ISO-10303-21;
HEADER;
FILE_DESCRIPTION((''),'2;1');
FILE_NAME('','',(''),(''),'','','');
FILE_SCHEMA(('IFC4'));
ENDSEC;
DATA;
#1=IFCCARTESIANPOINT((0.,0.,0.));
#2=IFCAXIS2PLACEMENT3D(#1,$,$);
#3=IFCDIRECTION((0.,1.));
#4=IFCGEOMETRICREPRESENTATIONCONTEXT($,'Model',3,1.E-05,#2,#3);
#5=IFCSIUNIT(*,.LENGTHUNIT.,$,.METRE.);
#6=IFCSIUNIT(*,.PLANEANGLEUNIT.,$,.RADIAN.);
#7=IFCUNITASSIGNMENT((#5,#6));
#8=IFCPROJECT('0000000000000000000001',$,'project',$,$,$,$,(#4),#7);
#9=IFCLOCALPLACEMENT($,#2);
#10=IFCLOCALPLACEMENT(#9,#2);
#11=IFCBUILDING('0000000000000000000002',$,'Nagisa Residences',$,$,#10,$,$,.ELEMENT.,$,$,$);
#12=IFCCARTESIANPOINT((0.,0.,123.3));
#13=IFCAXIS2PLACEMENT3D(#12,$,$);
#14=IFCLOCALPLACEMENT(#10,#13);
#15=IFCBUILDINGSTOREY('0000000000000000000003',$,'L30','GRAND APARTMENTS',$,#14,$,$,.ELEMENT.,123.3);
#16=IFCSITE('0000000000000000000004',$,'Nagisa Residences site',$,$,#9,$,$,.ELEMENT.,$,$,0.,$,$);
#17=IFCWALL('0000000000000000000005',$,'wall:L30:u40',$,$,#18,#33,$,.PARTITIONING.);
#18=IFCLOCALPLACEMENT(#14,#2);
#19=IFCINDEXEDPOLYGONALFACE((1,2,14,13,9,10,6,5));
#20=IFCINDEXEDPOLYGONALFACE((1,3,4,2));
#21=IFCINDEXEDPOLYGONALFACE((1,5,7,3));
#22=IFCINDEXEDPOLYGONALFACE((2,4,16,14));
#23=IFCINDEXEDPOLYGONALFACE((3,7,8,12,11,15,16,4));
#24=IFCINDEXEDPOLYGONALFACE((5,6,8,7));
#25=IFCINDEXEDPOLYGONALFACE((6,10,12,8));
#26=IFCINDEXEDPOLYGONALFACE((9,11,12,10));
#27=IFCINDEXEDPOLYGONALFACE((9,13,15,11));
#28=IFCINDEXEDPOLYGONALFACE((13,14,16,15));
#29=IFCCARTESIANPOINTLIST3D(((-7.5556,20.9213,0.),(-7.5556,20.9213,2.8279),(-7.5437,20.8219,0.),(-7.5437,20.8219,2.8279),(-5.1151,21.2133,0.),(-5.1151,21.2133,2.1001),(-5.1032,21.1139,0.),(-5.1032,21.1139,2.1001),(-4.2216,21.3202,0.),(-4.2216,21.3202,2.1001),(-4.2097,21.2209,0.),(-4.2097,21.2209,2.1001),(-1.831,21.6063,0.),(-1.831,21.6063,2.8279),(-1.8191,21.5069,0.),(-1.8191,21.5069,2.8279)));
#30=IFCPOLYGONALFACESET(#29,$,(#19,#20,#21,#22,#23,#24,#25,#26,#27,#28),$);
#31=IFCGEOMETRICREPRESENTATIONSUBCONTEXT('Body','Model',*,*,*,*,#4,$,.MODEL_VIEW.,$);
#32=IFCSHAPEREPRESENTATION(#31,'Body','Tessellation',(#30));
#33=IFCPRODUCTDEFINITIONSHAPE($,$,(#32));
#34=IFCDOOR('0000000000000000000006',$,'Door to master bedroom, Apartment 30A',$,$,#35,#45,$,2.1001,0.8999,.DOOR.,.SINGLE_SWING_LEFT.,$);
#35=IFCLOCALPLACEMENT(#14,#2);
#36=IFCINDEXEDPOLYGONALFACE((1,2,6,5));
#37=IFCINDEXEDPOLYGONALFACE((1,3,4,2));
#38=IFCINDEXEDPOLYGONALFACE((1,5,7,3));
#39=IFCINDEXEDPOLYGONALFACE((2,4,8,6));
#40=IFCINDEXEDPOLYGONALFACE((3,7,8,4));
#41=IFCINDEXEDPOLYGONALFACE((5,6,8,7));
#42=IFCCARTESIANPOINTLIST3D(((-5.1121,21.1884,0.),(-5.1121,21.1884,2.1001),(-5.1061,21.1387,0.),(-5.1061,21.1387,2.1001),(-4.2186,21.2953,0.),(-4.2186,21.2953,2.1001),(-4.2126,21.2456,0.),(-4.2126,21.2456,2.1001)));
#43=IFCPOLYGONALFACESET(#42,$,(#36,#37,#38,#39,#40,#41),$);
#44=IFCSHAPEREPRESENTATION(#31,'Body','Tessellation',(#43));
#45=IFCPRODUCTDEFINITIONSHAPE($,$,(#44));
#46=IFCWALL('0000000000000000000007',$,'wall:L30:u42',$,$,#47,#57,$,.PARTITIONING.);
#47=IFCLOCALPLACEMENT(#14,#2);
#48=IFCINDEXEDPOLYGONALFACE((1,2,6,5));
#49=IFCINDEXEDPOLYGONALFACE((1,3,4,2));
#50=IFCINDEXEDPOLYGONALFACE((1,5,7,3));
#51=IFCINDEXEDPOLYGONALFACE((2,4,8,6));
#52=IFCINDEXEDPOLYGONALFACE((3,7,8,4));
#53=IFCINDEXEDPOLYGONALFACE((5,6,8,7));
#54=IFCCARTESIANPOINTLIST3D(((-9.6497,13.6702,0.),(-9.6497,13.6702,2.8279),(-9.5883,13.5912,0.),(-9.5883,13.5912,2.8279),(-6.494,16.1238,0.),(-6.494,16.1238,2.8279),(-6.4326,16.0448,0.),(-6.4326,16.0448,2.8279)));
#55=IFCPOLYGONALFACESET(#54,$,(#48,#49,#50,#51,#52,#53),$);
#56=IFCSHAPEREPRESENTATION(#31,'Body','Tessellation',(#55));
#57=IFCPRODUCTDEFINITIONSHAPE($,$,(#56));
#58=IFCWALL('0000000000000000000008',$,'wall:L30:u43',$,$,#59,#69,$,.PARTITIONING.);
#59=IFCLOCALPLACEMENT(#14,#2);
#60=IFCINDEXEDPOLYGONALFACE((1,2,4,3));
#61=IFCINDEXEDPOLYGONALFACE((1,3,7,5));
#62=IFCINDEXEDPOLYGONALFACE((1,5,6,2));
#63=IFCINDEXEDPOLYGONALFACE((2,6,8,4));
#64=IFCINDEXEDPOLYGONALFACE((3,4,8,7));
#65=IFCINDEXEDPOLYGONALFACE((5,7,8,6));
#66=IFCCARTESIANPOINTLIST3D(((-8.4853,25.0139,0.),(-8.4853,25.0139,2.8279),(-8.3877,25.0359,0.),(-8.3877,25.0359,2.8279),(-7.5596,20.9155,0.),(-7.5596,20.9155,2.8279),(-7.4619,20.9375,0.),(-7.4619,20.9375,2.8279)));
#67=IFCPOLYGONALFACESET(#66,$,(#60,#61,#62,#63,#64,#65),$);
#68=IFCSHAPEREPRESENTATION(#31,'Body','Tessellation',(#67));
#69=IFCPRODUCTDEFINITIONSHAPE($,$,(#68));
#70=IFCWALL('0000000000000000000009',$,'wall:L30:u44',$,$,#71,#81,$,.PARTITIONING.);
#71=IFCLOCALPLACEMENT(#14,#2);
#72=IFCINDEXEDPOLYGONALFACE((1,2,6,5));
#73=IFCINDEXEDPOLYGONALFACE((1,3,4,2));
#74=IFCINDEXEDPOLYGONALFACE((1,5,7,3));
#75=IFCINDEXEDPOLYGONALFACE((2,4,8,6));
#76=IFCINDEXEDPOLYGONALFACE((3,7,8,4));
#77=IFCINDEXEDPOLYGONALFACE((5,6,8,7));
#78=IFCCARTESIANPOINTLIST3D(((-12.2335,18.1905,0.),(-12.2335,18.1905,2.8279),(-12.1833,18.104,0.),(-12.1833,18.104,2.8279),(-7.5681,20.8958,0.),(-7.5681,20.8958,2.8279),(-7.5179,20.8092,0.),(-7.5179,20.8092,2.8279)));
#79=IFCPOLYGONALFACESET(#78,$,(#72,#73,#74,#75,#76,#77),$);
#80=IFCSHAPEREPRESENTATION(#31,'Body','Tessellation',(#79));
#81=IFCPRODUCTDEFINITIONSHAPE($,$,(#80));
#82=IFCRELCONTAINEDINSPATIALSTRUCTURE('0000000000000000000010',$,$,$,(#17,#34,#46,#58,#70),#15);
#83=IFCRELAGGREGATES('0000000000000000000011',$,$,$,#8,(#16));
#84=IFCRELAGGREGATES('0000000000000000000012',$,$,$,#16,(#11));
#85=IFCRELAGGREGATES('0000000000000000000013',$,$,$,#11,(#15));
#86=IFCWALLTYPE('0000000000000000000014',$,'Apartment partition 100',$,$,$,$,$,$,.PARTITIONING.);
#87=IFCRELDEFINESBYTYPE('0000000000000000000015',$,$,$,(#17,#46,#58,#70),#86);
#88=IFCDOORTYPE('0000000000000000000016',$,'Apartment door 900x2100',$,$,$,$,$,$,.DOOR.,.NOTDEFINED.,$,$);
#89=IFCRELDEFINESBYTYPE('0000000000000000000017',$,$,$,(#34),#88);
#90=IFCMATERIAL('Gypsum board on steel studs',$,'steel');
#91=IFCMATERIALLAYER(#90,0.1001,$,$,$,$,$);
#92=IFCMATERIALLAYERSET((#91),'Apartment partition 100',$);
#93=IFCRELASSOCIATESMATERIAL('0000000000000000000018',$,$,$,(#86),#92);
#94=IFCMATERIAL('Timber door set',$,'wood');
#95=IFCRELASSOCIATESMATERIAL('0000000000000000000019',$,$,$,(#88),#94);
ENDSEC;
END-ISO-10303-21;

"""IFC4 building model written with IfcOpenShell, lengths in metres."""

from ifc_helpers import new_model, si_unit, direction, frame, frame_2d, origin, place, context, subcontext, project, spatial, rectangle, extrude, material, layer, layer_set, type_object, element, fill, save


model = new_model("IFC4")

# Units and contexts
model_context = context("Model", 3, precision=1e-05, world=origin(), true_north=direction((0.0, 1.0)))
body_context = subcontext(model_context, "Body", "Model", "MODEL_VIEW")
ifc_project = project(units=[si_unit("LENGTHUNIT", "METRE"), si_unit("PLANEANGLEUNIT", "RADIAN")], contexts=[model_context])

# Site, building, storey
site_placement = place(None, origin())
site = spatial("IfcSite", under=ifc_project, at=site_placement, Name="Nagisa Residences site", CompositionType="ELEMENT", RefElevation=0.0)
building_placement = place(site_placement, origin())
building = spatial("IfcBuilding", under=site, at=building_placement, Name="Nagisa Residences", CompositionType="ELEMENT")
storey_placement = place(building_placement, frame((0.0, 0.0, 123.3)))
storey = spatial("IfcBuildingStorey", under=building, at=storey_placement, Name="L30", Description="GRAND APARTMENTS", CompositionType="ELEMENT", Elevation=123.3)

# Wall, opening, door
ifc_material_1 = material(Name="Gypsum board on steel studs", Category="steel")
ifc_layer_1 = layer(ifc_material_1, 0.1001)
ifc_layer_set_1 = layer_set([ifc_layer_1], Name="Apartment partition 100")
wall_type_1 = type_object("IfcWallType", Name="Apartment partition 100", PredefinedType="PARTITIONING", material=ifc_layer_set_1)
ifc_material_2 = material(Name="Timber door set", Category="wood")
door_type_1 = type_object("IfcDoorType", Name="Apartment door 900x2100", OperationType="NOTDEFINED", PredefinedType="DOOR", material=ifc_material_2)
wall_1_placement = place(storey_placement, frame((-1.825, 21.5566, 0.0), z_axis=(0.0, 0.0, 1.0), x_axis=(-0.992916, -0.118821, 0.0)))
wall_1 = element("IfcWall", 1, at=wall_1_placement, inside=storey, type_object=wall_type_1, Name="wall:L30:u40", PredefinedType="PARTITIONING", context=body_context, shape_type="SweptSolid", body=[
    extrude(rectangle(XDim=5.7654, YDim=0.1001, at=frame_2d((2.8828, 0.0))), origin(), (0.0, 0.0, 1.0), 2.8279),
])
opening_1_placement = place(wall_1_placement, frame((2.4077, 0.0, 0.0)))
opening_1 = element("IfcOpeningElement", 2, at=opening_1_placement, cuts=wall_1, PredefinedType="OPENING", context=body_context, shape_type="SweptSolid", body=[
    extrude(rectangle(XDim=0.8999, YDim=2.1001, at=frame_2d((0.45, 1.05))), frame((0.0, 0.0601, 0.0), z_axis=(0.0, -1.0, 0.0), x_axis=(1.0, 0.0, 0.0)), (0.0, 0.0, 1.0), 0.1201),
])
door_1_placement = place(opening_1_placement, frame((0.8999, 0.0, 0.0), x_axis=(-1.0, 0.0, 0.0)))
door_1 = element("IfcDoor", 3, at=door_1_placement, inside=storey, type_object=door_type_1, Name="Door to master bedroom, Apartment 30A", OperationType="SINGLE_SWING_LEFT", OverallHeight=2.1001, OverallWidth=0.8999, PredefinedType="DOOR", context=body_context, shape_type="SweptSolid", body=[
    extrude(rectangle(XDim=0.8999, YDim=2.1001, at=frame_2d((0.45, 1.05))), frame((0.0, 0.0249, 0.0), z_axis=(0.0, -1.0, 0.0), x_axis=(1.0, 0.0, 0.0)), (0.0, 0.0, 1.0), 0.05),
])
fill(opening_1, door_1)

# Walls
wall_2_placement = place(storey_placement, frame((-6.4634, 16.0842, 0.0), z_axis=(0.0, 0.0, 1.0), x_axis=(-0.789457, -0.613805, 0.0)))
element("IfcWall", 4, at=wall_2_placement, inside=storey, type_object=wall_type_1, Name="wall:L30:u42", PredefinedType="PARTITIONING", context=body_context, shape_type="SweptSolid", body=[
    extrude(rectangle(XDim=3.9973, YDim=0.1001, at=frame_2d((1.9985, 0.0))), origin(), (0.0, 0.0, 1.0), 2.8279),
])
wall_3_placement = place(storey_placement, frame((-7.5107, 20.9265, 0.0), z_axis=(0.0, 0.0, 1.0), x_axis=(-0.220338, 0.975424, 0.0)))
element("IfcWall", 5, at=wall_3_placement, inside=storey, type_object=wall_type_1, Name="wall:L30:u43", PredefinedType="PARTITIONING", context=body_context, shape_type="SweptSolid", body=[
    extrude(rectangle(XDim=4.2017, YDim=0.1001, at=frame_2d((2.1008, 0.0))), origin(), (0.0, 0.0, 1.0), 2.8279),
])
wall_4_placement = place(storey_placement, frame((-7.543, 20.8525, 0.0), z_axis=(0.0, 0.0, 1.0), x_axis=(-0.865086, -0.501623, 0.0)))
element("IfcWall", 6, at=wall_4_placement, inside=storey, type_object=wall_type_1, Name="wall:L30:u44", PredefinedType="PARTITIONING", context=body_context, shape_type="SweptSolid", body=[
    extrude(rectangle(XDim=5.3931, YDim=0.1001, at=frame_2d((2.6965, 0.0))), origin(), (0.0, 0.0, 1.0), 2.8279),
])

save(model, "model.ifc")
